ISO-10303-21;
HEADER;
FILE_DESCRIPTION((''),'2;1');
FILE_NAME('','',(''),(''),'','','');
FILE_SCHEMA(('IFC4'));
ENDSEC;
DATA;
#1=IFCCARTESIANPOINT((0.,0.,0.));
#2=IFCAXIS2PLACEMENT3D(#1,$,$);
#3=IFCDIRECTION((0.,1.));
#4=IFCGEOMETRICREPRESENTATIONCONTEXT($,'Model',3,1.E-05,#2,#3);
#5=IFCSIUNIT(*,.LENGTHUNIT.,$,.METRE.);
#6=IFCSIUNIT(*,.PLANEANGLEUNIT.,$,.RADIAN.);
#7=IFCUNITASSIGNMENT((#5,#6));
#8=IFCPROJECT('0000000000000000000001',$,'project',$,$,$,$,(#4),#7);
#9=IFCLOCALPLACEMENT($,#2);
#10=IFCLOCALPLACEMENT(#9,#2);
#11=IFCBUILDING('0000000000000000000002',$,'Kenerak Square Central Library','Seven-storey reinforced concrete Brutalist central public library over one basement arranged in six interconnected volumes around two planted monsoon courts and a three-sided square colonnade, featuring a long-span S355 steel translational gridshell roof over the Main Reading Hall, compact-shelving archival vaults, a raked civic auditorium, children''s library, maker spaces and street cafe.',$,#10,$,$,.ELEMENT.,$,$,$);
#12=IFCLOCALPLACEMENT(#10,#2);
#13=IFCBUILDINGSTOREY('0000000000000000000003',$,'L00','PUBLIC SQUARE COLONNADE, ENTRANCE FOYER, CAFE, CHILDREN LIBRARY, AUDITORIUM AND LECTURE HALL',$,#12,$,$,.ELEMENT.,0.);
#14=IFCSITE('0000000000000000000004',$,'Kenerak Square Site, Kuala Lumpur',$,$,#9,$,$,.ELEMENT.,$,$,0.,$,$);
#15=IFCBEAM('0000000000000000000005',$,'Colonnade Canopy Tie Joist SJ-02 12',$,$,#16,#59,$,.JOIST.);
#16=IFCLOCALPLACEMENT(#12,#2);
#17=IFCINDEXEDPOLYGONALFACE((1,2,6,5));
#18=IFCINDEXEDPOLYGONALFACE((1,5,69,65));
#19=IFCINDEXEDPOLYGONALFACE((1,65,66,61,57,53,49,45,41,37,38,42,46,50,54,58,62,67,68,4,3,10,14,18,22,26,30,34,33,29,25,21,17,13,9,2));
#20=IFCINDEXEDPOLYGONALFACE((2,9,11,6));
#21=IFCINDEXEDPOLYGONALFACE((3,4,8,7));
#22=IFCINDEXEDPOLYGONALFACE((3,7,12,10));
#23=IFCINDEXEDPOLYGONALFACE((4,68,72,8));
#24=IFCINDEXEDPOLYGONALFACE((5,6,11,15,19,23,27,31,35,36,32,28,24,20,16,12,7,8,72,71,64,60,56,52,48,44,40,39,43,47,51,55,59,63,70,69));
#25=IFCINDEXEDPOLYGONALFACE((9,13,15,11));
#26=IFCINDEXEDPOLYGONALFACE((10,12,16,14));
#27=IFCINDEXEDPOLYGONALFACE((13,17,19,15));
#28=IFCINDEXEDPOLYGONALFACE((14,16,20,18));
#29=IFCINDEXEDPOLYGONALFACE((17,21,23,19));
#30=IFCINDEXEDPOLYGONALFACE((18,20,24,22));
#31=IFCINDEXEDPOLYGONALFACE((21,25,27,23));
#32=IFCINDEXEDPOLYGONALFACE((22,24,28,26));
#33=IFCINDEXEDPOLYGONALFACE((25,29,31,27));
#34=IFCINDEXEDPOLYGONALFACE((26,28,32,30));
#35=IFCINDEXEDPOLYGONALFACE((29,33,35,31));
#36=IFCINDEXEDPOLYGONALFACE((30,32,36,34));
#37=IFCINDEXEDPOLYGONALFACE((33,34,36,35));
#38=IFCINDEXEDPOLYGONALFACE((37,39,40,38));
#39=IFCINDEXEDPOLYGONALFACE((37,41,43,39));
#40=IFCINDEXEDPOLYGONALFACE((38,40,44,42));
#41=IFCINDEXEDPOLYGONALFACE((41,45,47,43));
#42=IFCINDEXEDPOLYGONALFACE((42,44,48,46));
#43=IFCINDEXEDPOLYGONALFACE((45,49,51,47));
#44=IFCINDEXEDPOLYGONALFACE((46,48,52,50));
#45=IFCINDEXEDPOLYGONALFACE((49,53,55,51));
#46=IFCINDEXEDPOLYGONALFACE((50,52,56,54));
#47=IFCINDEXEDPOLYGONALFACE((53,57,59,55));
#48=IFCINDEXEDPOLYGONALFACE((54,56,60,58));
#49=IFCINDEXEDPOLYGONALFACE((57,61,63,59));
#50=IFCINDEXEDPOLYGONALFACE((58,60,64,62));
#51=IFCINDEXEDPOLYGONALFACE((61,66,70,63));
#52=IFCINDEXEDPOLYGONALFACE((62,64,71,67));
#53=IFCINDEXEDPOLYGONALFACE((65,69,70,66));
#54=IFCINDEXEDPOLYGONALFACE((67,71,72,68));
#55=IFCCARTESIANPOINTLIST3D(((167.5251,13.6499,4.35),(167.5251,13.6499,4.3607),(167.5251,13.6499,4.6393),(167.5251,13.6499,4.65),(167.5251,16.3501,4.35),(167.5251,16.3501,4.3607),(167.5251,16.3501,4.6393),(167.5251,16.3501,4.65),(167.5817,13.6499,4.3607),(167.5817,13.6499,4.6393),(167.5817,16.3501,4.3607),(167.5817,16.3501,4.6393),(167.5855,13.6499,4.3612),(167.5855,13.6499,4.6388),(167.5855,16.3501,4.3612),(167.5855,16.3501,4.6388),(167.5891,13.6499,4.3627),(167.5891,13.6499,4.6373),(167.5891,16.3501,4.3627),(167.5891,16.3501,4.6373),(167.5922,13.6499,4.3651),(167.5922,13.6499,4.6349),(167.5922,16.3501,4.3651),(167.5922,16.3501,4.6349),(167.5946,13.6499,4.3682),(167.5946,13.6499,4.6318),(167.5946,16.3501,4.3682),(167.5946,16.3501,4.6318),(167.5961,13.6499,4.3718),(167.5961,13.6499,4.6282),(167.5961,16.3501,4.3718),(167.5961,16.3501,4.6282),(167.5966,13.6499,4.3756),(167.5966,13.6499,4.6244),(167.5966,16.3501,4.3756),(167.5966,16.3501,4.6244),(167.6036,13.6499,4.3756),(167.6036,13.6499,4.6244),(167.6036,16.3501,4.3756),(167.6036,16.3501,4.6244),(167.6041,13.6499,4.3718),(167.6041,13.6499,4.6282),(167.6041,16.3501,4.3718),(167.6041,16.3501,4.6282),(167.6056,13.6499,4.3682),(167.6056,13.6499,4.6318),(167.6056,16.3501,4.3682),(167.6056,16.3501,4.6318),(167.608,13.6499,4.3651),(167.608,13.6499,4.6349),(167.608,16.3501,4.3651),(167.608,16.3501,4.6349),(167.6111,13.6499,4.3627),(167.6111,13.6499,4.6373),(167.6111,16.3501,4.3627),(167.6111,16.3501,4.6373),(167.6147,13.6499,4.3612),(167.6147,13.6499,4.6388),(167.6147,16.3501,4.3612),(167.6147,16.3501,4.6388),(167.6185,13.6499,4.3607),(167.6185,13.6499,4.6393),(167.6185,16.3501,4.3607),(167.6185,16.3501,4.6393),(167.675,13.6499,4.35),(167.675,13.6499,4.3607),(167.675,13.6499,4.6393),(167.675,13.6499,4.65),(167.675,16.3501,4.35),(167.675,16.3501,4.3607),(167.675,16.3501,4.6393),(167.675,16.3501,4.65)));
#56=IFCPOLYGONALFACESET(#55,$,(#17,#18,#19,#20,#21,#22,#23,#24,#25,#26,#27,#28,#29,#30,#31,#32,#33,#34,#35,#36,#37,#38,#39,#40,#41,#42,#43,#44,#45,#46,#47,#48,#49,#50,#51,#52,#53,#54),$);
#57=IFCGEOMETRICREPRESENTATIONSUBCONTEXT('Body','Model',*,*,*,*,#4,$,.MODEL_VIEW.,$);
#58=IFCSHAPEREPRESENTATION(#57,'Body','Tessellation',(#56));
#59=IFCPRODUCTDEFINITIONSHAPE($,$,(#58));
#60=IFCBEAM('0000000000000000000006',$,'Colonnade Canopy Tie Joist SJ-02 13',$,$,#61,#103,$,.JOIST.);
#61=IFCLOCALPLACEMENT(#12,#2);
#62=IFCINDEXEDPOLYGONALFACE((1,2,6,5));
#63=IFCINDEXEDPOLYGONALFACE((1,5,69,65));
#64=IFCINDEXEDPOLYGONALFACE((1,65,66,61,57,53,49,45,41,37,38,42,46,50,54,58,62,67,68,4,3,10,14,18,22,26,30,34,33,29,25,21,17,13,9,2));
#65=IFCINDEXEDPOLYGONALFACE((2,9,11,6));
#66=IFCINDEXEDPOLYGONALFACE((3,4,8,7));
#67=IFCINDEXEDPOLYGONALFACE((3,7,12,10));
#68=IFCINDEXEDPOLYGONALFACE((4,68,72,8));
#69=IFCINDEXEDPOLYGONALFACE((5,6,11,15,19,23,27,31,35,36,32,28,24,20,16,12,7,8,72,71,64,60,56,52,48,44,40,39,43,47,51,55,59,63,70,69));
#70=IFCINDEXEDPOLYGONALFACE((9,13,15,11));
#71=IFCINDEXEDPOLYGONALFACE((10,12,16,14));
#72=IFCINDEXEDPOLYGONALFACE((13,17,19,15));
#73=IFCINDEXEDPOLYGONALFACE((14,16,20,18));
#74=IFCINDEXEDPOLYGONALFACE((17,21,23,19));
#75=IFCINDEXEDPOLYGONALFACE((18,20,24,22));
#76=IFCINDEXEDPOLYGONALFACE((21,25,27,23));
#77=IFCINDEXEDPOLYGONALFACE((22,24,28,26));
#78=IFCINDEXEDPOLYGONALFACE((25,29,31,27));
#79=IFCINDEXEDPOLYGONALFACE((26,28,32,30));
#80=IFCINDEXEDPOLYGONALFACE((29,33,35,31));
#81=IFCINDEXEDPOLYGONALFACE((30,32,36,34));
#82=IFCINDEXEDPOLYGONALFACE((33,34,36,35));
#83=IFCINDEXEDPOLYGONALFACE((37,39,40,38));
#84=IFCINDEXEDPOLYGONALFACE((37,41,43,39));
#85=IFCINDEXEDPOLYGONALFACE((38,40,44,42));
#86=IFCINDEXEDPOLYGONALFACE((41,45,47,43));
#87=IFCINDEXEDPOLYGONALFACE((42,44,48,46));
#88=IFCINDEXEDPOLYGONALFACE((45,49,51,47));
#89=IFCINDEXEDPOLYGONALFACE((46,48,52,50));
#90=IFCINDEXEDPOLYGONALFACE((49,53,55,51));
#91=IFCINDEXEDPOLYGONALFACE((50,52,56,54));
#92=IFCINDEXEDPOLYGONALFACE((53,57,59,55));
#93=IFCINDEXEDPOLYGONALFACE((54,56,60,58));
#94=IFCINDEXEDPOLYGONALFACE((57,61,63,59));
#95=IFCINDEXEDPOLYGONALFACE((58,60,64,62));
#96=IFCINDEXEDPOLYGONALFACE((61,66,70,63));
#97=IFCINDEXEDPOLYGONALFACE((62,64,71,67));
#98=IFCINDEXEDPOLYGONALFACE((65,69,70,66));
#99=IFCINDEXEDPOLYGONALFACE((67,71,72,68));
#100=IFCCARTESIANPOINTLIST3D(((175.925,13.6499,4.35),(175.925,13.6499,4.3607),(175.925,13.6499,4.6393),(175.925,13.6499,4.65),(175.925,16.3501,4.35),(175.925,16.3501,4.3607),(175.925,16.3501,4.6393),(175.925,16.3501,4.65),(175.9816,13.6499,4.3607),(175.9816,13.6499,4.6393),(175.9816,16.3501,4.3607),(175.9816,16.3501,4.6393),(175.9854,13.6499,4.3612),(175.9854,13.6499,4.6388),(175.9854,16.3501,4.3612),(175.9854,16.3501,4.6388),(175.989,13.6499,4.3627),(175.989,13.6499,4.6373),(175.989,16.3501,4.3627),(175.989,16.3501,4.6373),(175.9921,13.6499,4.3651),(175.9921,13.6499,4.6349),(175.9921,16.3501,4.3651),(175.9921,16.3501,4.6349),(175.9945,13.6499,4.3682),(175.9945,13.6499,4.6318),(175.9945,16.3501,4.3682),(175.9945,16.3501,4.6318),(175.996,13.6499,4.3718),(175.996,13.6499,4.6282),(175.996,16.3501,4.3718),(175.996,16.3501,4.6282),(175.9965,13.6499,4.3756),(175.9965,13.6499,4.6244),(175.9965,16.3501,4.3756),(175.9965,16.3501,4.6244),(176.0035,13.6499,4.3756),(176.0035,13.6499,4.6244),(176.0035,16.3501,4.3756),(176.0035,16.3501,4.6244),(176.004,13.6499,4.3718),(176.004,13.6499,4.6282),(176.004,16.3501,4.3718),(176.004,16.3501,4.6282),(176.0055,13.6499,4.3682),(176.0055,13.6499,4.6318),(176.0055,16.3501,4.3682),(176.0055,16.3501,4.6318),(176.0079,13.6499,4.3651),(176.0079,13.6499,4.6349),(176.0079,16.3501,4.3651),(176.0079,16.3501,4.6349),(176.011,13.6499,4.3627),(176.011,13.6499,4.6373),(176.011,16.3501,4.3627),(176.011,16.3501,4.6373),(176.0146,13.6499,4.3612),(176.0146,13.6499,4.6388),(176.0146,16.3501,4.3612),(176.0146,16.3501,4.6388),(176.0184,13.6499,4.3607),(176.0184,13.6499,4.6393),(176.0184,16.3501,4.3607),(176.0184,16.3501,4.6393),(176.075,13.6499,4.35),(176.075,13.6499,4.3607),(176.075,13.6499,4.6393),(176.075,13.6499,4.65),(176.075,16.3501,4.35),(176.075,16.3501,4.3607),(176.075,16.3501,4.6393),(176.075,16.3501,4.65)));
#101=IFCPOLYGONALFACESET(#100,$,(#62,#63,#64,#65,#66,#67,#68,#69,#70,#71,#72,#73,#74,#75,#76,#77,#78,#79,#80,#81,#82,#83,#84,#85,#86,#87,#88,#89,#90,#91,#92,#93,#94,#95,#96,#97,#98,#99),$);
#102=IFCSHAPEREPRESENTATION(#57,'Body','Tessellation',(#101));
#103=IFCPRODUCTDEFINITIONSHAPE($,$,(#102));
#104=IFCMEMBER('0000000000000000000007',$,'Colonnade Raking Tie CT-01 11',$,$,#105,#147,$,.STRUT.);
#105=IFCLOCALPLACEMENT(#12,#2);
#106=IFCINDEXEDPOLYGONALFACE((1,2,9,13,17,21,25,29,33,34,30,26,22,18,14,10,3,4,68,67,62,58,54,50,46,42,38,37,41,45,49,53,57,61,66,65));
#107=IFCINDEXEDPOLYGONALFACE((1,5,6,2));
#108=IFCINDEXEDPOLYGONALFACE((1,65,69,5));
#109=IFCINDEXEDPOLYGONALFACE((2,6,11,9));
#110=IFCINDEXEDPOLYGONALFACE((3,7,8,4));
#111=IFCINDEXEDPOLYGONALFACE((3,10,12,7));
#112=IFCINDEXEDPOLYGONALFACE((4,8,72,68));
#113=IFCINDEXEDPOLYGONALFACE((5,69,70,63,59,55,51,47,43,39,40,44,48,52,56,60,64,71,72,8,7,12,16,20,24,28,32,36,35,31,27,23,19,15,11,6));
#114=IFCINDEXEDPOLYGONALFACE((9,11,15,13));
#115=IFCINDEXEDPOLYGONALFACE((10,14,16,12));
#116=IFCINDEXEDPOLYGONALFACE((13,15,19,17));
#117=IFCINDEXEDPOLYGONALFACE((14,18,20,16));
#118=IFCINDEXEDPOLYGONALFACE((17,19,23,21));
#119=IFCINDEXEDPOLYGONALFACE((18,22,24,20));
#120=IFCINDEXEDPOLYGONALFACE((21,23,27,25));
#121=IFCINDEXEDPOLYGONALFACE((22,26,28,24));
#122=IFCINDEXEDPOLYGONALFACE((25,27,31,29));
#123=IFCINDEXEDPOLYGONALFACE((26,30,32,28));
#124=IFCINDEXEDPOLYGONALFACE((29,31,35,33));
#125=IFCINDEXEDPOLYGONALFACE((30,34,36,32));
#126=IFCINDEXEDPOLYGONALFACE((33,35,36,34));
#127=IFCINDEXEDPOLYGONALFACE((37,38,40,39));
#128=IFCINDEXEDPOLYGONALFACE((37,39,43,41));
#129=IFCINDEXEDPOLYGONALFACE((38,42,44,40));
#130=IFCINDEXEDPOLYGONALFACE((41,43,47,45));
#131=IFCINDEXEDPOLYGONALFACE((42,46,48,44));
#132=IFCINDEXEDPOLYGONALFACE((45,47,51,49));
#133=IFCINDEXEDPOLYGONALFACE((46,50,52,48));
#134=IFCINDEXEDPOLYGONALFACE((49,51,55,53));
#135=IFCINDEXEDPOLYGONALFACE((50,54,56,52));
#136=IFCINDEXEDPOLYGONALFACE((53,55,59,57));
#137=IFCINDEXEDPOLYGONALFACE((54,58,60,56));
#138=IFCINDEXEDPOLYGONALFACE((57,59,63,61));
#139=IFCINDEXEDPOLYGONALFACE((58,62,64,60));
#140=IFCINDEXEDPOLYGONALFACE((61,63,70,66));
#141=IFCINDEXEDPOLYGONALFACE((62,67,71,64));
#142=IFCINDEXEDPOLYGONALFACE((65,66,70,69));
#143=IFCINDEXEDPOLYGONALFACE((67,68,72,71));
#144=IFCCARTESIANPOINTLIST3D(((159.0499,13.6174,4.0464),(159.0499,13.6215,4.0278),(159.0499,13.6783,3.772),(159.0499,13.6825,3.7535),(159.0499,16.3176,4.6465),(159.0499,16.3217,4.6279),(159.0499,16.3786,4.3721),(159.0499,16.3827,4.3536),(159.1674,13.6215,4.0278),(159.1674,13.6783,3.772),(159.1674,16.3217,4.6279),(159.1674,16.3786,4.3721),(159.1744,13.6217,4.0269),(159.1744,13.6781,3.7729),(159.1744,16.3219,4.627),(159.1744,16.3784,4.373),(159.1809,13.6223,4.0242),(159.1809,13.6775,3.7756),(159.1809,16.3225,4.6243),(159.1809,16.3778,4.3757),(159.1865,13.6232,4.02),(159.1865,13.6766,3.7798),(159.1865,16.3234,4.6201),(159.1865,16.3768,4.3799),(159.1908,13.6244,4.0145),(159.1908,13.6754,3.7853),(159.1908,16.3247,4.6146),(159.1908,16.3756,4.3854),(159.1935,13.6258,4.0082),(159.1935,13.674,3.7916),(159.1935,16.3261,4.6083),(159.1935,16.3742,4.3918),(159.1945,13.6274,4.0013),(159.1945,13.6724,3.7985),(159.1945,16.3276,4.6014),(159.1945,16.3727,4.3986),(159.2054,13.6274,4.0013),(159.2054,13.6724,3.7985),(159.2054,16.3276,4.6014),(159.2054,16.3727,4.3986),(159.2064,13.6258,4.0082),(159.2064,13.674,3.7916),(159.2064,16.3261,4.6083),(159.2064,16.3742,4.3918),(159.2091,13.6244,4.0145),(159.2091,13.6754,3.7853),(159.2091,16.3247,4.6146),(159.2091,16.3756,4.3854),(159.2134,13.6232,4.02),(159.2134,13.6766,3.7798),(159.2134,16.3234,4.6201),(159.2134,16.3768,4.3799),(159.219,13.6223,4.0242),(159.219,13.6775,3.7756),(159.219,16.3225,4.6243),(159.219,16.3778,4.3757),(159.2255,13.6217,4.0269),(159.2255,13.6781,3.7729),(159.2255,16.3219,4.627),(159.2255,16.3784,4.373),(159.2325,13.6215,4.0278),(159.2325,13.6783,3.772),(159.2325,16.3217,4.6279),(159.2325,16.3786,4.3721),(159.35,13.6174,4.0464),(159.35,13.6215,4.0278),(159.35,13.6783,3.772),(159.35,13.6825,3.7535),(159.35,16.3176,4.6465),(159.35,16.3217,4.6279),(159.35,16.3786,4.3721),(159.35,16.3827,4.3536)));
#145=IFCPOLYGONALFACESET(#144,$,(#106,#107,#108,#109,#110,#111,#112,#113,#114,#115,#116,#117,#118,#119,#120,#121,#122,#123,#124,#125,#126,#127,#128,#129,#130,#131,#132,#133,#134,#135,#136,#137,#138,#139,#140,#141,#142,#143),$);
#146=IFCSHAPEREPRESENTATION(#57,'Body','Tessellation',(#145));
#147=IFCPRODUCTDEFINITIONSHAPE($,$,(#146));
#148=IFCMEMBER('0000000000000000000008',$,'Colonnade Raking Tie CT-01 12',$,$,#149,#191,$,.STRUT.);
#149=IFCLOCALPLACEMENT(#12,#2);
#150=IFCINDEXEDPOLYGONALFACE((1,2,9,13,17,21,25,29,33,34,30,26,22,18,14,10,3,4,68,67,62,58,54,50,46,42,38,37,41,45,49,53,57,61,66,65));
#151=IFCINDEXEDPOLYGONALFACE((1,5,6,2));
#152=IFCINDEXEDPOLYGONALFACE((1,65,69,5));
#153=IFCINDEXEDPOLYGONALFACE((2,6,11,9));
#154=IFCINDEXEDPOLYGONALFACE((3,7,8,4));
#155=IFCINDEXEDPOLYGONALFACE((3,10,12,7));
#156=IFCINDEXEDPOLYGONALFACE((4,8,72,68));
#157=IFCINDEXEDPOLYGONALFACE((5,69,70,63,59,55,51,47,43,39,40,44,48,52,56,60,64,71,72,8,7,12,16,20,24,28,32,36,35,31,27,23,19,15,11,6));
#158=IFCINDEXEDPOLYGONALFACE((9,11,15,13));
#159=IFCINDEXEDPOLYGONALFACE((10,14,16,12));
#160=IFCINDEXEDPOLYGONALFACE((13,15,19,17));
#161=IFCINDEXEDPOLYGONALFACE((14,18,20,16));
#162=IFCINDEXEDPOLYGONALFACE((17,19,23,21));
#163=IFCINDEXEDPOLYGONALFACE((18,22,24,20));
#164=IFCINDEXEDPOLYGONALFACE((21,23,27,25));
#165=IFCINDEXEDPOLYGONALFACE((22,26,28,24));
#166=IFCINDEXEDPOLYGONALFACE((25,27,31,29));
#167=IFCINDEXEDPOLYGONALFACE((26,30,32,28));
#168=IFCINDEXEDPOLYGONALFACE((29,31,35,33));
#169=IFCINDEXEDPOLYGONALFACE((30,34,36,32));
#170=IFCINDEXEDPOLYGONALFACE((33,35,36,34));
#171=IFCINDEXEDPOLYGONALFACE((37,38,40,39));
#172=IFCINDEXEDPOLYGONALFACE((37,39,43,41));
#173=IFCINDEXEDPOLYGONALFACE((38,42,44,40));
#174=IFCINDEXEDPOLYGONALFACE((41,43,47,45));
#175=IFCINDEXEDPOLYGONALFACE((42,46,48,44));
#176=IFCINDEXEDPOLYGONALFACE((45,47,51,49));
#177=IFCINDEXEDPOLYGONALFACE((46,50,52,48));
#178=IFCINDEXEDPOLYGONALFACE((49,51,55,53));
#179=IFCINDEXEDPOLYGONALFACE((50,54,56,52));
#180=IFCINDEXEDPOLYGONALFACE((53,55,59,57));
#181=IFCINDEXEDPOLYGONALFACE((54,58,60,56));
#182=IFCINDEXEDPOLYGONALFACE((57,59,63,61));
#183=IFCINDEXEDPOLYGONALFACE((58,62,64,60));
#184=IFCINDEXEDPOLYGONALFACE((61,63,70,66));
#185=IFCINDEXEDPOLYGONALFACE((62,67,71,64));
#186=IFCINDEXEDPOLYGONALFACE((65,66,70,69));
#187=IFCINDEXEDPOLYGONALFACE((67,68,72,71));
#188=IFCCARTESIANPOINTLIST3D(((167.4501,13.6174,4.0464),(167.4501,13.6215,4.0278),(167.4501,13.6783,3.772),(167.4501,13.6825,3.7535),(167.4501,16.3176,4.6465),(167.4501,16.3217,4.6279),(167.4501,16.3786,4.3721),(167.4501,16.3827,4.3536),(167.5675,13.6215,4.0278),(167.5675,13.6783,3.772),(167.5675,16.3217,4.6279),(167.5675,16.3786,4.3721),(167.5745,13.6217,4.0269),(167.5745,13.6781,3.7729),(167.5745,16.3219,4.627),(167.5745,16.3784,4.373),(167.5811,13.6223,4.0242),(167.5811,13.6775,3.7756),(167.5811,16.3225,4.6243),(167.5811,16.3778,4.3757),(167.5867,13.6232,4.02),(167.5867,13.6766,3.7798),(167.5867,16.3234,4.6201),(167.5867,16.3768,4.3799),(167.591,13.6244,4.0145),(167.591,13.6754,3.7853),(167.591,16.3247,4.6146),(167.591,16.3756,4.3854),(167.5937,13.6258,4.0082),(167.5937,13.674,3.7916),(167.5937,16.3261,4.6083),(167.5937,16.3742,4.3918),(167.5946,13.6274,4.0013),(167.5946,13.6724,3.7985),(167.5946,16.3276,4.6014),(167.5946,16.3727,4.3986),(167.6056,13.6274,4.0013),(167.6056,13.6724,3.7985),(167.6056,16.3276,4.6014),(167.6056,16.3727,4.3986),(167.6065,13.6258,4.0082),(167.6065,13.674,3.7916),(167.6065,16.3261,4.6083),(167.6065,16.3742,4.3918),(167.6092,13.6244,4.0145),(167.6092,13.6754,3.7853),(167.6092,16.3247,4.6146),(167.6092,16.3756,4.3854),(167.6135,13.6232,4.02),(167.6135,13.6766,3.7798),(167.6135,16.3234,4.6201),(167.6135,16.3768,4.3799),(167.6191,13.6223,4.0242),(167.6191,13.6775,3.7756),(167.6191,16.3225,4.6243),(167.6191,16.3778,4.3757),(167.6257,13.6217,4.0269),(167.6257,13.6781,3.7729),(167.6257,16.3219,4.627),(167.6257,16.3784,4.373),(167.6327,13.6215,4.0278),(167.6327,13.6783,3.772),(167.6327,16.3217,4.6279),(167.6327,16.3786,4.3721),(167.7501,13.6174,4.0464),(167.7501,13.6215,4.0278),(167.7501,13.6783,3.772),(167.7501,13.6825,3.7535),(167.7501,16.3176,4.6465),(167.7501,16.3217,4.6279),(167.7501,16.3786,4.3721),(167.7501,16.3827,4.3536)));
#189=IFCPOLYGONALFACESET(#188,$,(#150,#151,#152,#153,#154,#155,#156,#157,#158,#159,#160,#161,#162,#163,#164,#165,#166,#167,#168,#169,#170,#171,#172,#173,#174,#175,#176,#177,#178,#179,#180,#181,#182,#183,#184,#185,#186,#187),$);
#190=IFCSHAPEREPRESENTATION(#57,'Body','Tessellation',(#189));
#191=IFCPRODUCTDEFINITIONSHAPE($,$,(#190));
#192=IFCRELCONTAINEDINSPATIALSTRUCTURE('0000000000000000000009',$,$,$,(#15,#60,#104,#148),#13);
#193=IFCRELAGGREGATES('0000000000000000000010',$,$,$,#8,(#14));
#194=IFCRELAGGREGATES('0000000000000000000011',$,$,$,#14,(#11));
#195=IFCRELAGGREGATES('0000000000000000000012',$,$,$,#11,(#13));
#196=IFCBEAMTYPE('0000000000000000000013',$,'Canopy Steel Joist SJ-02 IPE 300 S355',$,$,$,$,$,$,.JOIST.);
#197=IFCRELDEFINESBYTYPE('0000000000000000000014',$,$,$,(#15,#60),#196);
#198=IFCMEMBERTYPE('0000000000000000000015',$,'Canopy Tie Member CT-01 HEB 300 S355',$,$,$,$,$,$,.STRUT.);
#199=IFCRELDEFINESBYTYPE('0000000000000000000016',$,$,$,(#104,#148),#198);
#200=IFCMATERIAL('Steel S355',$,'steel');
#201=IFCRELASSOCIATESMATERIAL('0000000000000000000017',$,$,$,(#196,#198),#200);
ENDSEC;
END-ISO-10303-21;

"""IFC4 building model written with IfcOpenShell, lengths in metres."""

from ifc_helpers import new_model, si_unit, direction, frame, origin, origin_2d, place, context, subcontext, project, spatial, i_section, extrude, material, material_profile, profile_set, type_object, element, save


model = new_model("IFC4")

# Units and contexts
model_context = context("Model", 3, precision=1e-05, world=origin(), true_north=direction((0.0, 1.0)))
body_context = subcontext(model_context, "Body", "Model", "MODEL_VIEW")
ifc_project = project(units=[si_unit("LENGTHUNIT", "METRE"), si_unit("PLANEANGLEUNIT", "RADIAN")], contexts=[model_context])

# Site, building, storey
site_placement = place(None, origin())
site = spatial("IfcSite", under=ifc_project, at=site_placement, Name="Kenerak Square Site, Kuala Lumpur", CompositionType="ELEMENT", RefElevation=0.0)
building_placement = place(site_placement, origin())
building = spatial("IfcBuilding", under=site, at=building_placement, Name="Kenerak Square Central Library", Description="Seven-storey reinforced concrete Brutalist central public library over one basement arranged in six interconnected volumes around two planted monsoon courts and a three-sided square colonnade, featuring a long-span S355 steel translational gridshell roof over the Main Reading Hall, compact-shelving archival vaults, a raked civic auditorium, children's library, maker spaces and street cafe.", CompositionType="ELEMENT")
storey_placement = place(building_placement, origin())
storey = spatial("IfcBuildingStorey", under=building, at=storey_placement, Name="L00", Description="PUBLIC SQUARE COLONNADE, ENTRANCE FOYER, CAFE, CHILDREN LIBRARY, AUDITORIUM AND LECTURE HALL", CompositionType="ELEMENT", Elevation=0.0)

# Beams
ifc_material_1 = material(Name="Steel S355", Category="steel")
ifc_material_profile_1 = material_profile(ifc_material_1, i_section(OverallWidth=0.1499, OverallDepth=0.3, WebThickness=0.0071, FlangeThickness=0.0107, FilletRadius=0.0149, at=origin_2d()), Name="IPE 300")
ifc_profile_set_1 = profile_set([ifc_material_profile_1], Name="Steel S355")
beam_type_1 = type_object("IfcBeamType", Name="Canopy Steel Joist SJ-02 IPE 300 S355", PredefinedType="JOIST", material=ifc_profile_set_1)
for number, where, z_axis, x_axis, name in (
    (1, (167.6001, 13.6499, 4.5), (0.0, 1.0, 0.0), (-1.0, 0.0, 0.0), "Colonnade Canopy Tie Joist SJ-02 12"),
    (2, (176.0, 13.6499, 4.5), (0.0, 1.0, 0.0), (-1.0, 0.0, 0.0), "Colonnade Canopy Tie Joist SJ-02 13"),
):
    element("IfcBeam", number, at=place(storey_placement, frame(where, z_axis=z_axis, x_axis=x_axis)), inside=storey, type_object=beam_type_1, Name=name, PredefinedType="JOIST", context=body_context, shape_type="SweptSolid", body=[
        extrude(i_section(OverallWidth=0.1499, OverallDepth=0.3, WebThickness=0.0071, FlangeThickness=0.0107, FilletRadius=0.0149, at=origin_2d()), origin(), (0.0, 0.0, 1.0), 2.7002),
    ])

# Members
ifc_material_profile_2 = material_profile(ifc_material_1, i_section(OverallWidth=0.3, OverallDepth=0.3, WebThickness=0.011, FlangeThickness=0.019, FilletRadius=0.0271, at=origin_2d()), Name="HEB 300")
ifc_profile_set_2 = profile_set([ifc_material_profile_2], Name="Steel S355")
member_type = type_object("IfcMemberType", Name="Canopy Tie Member CT-01 HEB 300 S355", PredefinedType="STRUT", material=ifc_profile_set_2)
for number, where, z_axis, x_axis, name in (
    (3, (159.2, 13.6499, 3.8999), (0.0, 0.976183, 0.216949), (-1.0, 0.0, 0.0), "Colonnade Raking Tie CT-01 11"),
    (4, (167.6001, 13.6499, 3.8999), (0.0, 0.976183, 0.216949), (-1.0, 0.0, 0.0), "Colonnade Raking Tie CT-01 12"),
):
    element("IfcMember", number, at=place(storey_placement, frame(where, z_axis=z_axis, x_axis=x_axis)), inside=storey, type_object=member_type, Name=name, PredefinedType="STRUT", context=body_context, shape_type="SweptSolid", body=[
        extrude(i_section(OverallWidth=0.3, OverallDepth=0.3, WebThickness=0.011, FlangeThickness=0.019, FilletRadius=0.0271, at=origin_2d()), origin(), (0.0, 0.0, 1.0), 2.7661),
    ])

save(model, "model.ifc")
